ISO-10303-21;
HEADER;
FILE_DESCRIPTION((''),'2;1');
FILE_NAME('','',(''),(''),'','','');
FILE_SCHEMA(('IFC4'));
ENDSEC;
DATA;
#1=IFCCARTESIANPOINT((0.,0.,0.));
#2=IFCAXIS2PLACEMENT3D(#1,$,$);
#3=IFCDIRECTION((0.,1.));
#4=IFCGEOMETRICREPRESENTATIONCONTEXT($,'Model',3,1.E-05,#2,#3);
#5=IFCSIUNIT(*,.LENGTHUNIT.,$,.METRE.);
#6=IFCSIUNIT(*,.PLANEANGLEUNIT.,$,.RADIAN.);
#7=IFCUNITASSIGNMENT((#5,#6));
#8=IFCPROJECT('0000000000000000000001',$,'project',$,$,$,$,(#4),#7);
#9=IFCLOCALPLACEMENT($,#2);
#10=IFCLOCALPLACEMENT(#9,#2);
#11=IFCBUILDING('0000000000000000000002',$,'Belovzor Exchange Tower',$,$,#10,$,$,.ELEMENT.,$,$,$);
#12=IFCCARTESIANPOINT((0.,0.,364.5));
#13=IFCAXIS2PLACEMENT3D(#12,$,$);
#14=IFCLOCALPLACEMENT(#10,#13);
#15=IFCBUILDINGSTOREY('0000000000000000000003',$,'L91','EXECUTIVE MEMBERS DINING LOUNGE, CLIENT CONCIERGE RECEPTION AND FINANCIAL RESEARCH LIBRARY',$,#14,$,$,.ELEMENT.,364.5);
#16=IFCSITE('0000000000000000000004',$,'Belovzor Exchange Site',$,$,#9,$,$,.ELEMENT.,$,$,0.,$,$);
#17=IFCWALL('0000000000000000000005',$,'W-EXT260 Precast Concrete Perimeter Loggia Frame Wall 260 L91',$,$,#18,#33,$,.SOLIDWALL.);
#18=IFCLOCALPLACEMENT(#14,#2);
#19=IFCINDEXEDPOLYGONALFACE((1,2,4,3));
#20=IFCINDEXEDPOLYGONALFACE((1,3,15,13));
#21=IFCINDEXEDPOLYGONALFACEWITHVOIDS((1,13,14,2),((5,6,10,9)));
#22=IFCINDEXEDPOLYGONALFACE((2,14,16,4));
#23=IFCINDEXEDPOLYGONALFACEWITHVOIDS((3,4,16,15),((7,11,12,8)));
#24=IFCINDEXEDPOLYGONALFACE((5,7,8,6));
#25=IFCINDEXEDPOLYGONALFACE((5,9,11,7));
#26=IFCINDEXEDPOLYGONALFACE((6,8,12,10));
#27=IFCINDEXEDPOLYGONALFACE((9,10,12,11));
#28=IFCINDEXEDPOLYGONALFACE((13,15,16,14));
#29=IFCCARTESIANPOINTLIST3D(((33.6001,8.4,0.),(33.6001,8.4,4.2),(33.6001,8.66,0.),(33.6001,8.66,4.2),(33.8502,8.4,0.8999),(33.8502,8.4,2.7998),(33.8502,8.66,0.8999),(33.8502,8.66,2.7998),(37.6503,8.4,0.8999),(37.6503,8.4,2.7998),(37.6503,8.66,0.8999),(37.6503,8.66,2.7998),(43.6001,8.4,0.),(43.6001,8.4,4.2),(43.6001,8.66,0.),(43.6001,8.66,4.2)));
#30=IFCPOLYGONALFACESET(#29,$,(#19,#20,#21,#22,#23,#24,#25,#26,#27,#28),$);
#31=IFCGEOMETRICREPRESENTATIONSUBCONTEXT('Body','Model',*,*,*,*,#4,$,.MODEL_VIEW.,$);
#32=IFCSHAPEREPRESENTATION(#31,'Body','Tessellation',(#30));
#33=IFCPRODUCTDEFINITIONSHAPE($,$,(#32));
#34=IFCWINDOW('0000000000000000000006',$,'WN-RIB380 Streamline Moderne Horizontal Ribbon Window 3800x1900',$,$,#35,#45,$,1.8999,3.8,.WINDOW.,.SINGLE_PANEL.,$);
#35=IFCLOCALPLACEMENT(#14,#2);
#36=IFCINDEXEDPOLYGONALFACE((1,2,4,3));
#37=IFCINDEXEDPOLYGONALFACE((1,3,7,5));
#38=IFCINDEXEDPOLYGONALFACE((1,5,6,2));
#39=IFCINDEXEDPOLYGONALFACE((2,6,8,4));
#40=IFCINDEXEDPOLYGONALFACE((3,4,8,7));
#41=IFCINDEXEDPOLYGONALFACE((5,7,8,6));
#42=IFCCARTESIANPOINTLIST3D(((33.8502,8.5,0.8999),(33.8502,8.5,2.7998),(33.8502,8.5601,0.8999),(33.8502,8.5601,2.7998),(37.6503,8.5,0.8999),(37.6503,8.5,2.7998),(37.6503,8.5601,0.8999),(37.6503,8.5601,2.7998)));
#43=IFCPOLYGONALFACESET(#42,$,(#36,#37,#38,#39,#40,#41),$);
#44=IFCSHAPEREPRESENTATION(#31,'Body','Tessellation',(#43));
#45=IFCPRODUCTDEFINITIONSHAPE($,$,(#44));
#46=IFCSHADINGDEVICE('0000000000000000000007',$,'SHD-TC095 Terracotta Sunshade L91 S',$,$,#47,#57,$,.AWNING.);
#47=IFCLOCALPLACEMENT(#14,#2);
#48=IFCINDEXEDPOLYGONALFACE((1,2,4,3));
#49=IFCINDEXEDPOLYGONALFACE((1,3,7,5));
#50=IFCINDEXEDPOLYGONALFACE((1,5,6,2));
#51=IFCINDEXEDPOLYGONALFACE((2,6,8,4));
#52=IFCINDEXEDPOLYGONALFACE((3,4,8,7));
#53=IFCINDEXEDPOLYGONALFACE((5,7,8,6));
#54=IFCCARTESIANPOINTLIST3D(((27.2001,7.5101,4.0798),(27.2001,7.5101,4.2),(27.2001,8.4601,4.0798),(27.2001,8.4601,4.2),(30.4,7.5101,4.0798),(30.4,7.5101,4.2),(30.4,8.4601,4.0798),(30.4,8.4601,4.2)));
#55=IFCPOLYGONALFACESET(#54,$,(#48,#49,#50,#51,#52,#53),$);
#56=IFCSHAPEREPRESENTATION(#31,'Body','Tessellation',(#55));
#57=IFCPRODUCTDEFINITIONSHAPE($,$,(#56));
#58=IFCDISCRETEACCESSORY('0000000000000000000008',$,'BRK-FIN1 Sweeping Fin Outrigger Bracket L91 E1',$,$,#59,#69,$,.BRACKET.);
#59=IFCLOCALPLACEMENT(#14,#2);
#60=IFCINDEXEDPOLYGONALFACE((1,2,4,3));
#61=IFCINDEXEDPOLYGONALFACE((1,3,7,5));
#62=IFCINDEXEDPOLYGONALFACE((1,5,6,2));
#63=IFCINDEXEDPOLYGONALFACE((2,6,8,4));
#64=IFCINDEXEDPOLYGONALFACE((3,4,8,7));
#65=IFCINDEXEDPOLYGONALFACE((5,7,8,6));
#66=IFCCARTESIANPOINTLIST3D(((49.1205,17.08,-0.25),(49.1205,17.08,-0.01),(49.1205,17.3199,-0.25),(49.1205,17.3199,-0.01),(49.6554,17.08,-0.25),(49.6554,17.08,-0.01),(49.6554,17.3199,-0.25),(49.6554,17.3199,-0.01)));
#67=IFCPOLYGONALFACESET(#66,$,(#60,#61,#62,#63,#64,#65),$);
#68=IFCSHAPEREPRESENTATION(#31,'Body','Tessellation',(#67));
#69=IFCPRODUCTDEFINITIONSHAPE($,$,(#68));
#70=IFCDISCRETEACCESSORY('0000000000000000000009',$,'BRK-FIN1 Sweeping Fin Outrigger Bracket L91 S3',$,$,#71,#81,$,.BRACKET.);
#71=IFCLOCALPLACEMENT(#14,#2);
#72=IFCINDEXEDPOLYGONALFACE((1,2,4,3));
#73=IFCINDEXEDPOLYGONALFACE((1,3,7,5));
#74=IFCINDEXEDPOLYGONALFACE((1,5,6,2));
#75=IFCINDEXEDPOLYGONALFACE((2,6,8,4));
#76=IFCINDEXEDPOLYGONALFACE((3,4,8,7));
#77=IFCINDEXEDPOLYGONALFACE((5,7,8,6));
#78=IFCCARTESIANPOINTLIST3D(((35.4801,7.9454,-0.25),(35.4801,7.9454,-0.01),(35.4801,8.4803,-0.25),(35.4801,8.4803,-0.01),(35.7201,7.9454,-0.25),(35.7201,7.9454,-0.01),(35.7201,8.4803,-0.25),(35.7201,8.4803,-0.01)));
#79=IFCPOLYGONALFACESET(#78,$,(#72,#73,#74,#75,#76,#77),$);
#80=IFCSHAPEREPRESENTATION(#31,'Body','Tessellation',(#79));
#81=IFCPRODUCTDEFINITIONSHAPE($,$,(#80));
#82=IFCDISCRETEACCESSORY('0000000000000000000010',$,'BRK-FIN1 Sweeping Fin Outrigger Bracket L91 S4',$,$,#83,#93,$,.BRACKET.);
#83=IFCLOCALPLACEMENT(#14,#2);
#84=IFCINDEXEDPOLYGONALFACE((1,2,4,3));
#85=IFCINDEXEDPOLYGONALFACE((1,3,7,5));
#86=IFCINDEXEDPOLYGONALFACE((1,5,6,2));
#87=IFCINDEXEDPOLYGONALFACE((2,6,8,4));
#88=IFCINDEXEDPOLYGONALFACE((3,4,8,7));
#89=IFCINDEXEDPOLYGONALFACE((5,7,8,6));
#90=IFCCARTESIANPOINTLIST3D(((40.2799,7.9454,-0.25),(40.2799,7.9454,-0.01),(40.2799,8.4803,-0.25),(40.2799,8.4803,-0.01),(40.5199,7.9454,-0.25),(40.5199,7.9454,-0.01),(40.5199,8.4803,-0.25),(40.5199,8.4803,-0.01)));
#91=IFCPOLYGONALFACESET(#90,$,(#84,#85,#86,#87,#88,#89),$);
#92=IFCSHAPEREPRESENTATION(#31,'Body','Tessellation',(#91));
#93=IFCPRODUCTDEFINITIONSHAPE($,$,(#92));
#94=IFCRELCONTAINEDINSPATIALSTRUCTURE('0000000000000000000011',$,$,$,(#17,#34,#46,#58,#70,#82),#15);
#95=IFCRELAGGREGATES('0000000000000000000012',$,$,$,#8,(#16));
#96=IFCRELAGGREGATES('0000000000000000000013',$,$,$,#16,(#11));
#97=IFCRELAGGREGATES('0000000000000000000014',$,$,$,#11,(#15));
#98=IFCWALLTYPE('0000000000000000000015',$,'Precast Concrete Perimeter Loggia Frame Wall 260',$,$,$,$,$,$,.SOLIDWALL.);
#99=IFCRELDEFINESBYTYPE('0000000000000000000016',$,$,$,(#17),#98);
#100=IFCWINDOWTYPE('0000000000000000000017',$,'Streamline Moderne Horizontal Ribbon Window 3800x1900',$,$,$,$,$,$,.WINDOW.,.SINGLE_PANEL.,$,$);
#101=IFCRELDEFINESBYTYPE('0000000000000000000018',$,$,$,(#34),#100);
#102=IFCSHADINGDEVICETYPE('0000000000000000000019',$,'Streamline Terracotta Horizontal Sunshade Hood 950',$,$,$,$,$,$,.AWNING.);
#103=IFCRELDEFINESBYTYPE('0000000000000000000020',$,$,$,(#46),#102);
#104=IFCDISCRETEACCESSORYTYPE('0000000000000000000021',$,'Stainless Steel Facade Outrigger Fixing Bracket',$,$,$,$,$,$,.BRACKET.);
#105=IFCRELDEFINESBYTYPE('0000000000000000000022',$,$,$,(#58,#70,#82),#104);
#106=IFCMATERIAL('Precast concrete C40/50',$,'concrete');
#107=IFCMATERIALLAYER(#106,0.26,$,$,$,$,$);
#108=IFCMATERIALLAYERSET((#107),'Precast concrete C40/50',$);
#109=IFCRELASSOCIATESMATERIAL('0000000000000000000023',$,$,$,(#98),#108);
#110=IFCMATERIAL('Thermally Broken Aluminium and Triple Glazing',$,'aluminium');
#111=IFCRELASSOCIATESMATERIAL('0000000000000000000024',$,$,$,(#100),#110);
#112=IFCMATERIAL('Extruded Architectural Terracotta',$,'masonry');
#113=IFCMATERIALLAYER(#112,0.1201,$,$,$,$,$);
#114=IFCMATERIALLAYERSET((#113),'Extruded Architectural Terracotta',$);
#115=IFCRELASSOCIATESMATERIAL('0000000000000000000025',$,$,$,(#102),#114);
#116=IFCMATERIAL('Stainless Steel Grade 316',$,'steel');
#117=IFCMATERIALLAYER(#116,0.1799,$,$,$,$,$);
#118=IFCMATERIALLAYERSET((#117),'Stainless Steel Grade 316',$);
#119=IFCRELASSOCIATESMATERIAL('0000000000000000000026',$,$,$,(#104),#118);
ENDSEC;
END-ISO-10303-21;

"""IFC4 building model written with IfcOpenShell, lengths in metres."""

from ifc_helpers import new_model, si_unit, direction, frame, frame_2d, origin, origin_2d, place, context, subcontext, project, spatial, rectangle, extrude, material, layer, layer_set, type_object, element, fill, save


model = new_model("IFC4")

# Units and contexts
model_context = context("Model", 3, precision=1e-05, world=origin(), true_north=direction((0.0, 1.0)))
body_context = subcontext(model_context, "Body", "Model", "MODEL_VIEW")
ifc_project = project(units=[si_unit("LENGTHUNIT", "METRE"), si_unit("PLANEANGLEUNIT", "RADIAN")], contexts=[model_context])

# Site, building, storey
site_placement = place(None, origin())
site = spatial("IfcSite", under=ifc_project, at=site_placement, Name="Belovzor Exchange Site", CompositionType="ELEMENT", RefElevation=0.0)
building_placement = place(site_placement, origin())
building = spatial("IfcBuilding", under=site, at=building_placement, Name="Belovzor Exchange Tower", CompositionType="ELEMENT")
storey_placement = place(building_placement, frame((0.0, 0.0, 364.5)))
storey = spatial("IfcBuildingStorey", under=building, at=storey_placement, Name="L91", Description="EXECUTIVE MEMBERS DINING LOUNGE, CLIENT CONCIERGE RECEPTION AND FINANCIAL RESEARCH LIBRARY", CompositionType="ELEMENT", Elevation=364.5)

# Wall, opening, window
ifc_material_1 = material(Name="Precast concrete C40/50", Category="concrete")
ifc_layer_1 = layer(ifc_material_1, 0.26)
ifc_layer_set_1 = layer_set([ifc_layer_1], Name="Precast concrete C40/50")
wall_type_1 = type_object("IfcWallType", Name="Precast Concrete Perimeter Loggia Frame Wall 260", PredefinedType="SOLIDWALL", material=ifc_layer_set_1)
wall_1_placement = place(storey_placement, frame((43.6001, 8.53, 0.0), z_axis=(0.0, 0.0, 1.0), x_axis=(-1.0, 0.0, 0.0)))
wall_1 = element("IfcWall", 1, at=wall_1_placement, inside=storey, type_object=wall_type_1, Name="W-EXT260 Precast Concrete Perimeter Loggia Frame Wall 260 L91", PredefinedType="SOLIDWALL", context=body_context, shape_type="SweptSolid", body=[
    extrude(rectangle(XDim=10.0, YDim=0.26, at=frame_2d((5.0, 0.0))), origin(), (0.0, 0.0, 1.0), 4.2),
])
opening_1_placement = place(wall_1_placement, frame((5.95, 0.0, 0.8999)))
opening_1 = element("IfcOpeningElement", 2, at=opening_1_placement, cuts=wall_1, PredefinedType="OPENING", context=body_context, shape_type="SweptSolid", body=[
    extrude(rectangle(XDim=3.8, YDim=1.8999, at=frame_2d((1.8999, 0.95))), frame((0.0, 0.1399, 0.0), z_axis=(0.0, -1.0, 0.0), x_axis=(1.0, 0.0, 0.0)), (0.0, 0.0, 1.0), 0.28),
])
ifc_material_2 = material(Name="Thermally Broken Aluminium and Triple Glazing", Category="aluminium")
window_type_1 = type_object("IfcWindowType", Name="Streamline Moderne Horizontal Ribbon Window 3800x1900", PartitioningType="SINGLE_PANEL", PredefinedType="WINDOW", material=ifc_material_2)
window_1_placement = place(opening_1_placement, origin())
window_1 = element("IfcWindow", 3, at=window_1_placement, inside=storey, type_object=window_type_1, Name="WN-RIB380 Streamline Moderne Horizontal Ribbon Window 3800x1900", OverallHeight=1.8999, OverallWidth=3.8, PartitioningType="SINGLE_PANEL", PredefinedType="WINDOW", context=body_context, shape_type="SweptSolid", body=[
    extrude(rectangle(XDim=3.8, YDim=1.8999, at=frame_2d((1.8999, 0.95))), frame((0.0, 0.03, 0.0), z_axis=(0.0, -1.0, 0.0), x_axis=(1.0, 0.0, 0.0)), (0.0, 0.0, 1.0), 0.0601),
])
fill(opening_1, window_1)

# Shading device
ifc_material_3 = material(Name="Extruded Architectural Terracotta", Category="masonry")
ifc_layer_2 = layer(ifc_material_3, 0.1201)
ifc_layer_set_2 = layer_set([ifc_layer_2], Name="Extruded Architectural Terracotta")
shading_device_type = type_object("IfcShadingDeviceType", Name="Streamline Terracotta Horizontal Sunshade Hood 950", PredefinedType="AWNING", material=ifc_layer_set_2)
shading_device_placement = place(storey_placement, frame((28.8, 7.9851, 4.0798), z_axis=(0.0, 0.0, 1.0), x_axis=(1.0, 0.0, 0.0)))
element("IfcShadingDevice", 4, at=shading_device_placement, inside=storey, type_object=shading_device_type, Name="SHD-TC095 Terracotta Sunshade L91 S", PredefinedType="AWNING", context=body_context, shape_type="SweptSolid", body=[
    extrude(rectangle(XDim=3.2, YDim=0.95, at=origin_2d()), origin(), (0.0, 0.0, 1.0), 0.1201),
])

# Discrete accessories
ifc_material_4 = material(Name="Stainless Steel Grade 316", Category="steel")
ifc_layer_3 = layer(ifc_material_4, 0.1799)
ifc_layer_set_3 = layer_set([ifc_layer_3], Name="Stainless Steel Grade 316")
discrete_accessory_type = type_object("IfcDiscreteAccessoryType", Name="Stainless Steel Facade Outrigger Fixing Bracket", PredefinedType="BRACKET", material=ifc_layer_set_3)
for number, where, z_axis, x_axis, name in (
    (5, (49.3879, 17.2, -0.25), (0.0, 0.0, 1.0), (1.0, 0.0, 0.0), "BRK-FIN1 Sweeping Fin Outrigger Bracket L91 E1"),
    (6, (35.6001, 8.2129, -0.25), (0.0, 0.0, 1.0), (0.0, 1.0, 0.0), "BRK-FIN1 Sweeping Fin Outrigger Bracket L91 S3"),
    (7, (40.3999, 8.2129, -0.25), (0.0, 0.0, 1.0), (0.0, 1.0, 0.0), "BRK-FIN1 Sweeping Fin Outrigger Bracket L91 S4"),
):
    element("IfcDiscreteAccessory", number, at=place(storey_placement, frame(where, z_axis=z_axis, x_axis=x_axis)), inside=storey, type_object=discrete_accessory_type, Name=name, PredefinedType="BRACKET", context=body_context, shape_type="SweptSolid", body=[
        extrude(rectangle(XDim=0.5349, YDim=0.24, at=origin_2d()), origin(), (0.0, 0.0, 1.0), 0.24),
    ])

save(model, "model.ifc")
